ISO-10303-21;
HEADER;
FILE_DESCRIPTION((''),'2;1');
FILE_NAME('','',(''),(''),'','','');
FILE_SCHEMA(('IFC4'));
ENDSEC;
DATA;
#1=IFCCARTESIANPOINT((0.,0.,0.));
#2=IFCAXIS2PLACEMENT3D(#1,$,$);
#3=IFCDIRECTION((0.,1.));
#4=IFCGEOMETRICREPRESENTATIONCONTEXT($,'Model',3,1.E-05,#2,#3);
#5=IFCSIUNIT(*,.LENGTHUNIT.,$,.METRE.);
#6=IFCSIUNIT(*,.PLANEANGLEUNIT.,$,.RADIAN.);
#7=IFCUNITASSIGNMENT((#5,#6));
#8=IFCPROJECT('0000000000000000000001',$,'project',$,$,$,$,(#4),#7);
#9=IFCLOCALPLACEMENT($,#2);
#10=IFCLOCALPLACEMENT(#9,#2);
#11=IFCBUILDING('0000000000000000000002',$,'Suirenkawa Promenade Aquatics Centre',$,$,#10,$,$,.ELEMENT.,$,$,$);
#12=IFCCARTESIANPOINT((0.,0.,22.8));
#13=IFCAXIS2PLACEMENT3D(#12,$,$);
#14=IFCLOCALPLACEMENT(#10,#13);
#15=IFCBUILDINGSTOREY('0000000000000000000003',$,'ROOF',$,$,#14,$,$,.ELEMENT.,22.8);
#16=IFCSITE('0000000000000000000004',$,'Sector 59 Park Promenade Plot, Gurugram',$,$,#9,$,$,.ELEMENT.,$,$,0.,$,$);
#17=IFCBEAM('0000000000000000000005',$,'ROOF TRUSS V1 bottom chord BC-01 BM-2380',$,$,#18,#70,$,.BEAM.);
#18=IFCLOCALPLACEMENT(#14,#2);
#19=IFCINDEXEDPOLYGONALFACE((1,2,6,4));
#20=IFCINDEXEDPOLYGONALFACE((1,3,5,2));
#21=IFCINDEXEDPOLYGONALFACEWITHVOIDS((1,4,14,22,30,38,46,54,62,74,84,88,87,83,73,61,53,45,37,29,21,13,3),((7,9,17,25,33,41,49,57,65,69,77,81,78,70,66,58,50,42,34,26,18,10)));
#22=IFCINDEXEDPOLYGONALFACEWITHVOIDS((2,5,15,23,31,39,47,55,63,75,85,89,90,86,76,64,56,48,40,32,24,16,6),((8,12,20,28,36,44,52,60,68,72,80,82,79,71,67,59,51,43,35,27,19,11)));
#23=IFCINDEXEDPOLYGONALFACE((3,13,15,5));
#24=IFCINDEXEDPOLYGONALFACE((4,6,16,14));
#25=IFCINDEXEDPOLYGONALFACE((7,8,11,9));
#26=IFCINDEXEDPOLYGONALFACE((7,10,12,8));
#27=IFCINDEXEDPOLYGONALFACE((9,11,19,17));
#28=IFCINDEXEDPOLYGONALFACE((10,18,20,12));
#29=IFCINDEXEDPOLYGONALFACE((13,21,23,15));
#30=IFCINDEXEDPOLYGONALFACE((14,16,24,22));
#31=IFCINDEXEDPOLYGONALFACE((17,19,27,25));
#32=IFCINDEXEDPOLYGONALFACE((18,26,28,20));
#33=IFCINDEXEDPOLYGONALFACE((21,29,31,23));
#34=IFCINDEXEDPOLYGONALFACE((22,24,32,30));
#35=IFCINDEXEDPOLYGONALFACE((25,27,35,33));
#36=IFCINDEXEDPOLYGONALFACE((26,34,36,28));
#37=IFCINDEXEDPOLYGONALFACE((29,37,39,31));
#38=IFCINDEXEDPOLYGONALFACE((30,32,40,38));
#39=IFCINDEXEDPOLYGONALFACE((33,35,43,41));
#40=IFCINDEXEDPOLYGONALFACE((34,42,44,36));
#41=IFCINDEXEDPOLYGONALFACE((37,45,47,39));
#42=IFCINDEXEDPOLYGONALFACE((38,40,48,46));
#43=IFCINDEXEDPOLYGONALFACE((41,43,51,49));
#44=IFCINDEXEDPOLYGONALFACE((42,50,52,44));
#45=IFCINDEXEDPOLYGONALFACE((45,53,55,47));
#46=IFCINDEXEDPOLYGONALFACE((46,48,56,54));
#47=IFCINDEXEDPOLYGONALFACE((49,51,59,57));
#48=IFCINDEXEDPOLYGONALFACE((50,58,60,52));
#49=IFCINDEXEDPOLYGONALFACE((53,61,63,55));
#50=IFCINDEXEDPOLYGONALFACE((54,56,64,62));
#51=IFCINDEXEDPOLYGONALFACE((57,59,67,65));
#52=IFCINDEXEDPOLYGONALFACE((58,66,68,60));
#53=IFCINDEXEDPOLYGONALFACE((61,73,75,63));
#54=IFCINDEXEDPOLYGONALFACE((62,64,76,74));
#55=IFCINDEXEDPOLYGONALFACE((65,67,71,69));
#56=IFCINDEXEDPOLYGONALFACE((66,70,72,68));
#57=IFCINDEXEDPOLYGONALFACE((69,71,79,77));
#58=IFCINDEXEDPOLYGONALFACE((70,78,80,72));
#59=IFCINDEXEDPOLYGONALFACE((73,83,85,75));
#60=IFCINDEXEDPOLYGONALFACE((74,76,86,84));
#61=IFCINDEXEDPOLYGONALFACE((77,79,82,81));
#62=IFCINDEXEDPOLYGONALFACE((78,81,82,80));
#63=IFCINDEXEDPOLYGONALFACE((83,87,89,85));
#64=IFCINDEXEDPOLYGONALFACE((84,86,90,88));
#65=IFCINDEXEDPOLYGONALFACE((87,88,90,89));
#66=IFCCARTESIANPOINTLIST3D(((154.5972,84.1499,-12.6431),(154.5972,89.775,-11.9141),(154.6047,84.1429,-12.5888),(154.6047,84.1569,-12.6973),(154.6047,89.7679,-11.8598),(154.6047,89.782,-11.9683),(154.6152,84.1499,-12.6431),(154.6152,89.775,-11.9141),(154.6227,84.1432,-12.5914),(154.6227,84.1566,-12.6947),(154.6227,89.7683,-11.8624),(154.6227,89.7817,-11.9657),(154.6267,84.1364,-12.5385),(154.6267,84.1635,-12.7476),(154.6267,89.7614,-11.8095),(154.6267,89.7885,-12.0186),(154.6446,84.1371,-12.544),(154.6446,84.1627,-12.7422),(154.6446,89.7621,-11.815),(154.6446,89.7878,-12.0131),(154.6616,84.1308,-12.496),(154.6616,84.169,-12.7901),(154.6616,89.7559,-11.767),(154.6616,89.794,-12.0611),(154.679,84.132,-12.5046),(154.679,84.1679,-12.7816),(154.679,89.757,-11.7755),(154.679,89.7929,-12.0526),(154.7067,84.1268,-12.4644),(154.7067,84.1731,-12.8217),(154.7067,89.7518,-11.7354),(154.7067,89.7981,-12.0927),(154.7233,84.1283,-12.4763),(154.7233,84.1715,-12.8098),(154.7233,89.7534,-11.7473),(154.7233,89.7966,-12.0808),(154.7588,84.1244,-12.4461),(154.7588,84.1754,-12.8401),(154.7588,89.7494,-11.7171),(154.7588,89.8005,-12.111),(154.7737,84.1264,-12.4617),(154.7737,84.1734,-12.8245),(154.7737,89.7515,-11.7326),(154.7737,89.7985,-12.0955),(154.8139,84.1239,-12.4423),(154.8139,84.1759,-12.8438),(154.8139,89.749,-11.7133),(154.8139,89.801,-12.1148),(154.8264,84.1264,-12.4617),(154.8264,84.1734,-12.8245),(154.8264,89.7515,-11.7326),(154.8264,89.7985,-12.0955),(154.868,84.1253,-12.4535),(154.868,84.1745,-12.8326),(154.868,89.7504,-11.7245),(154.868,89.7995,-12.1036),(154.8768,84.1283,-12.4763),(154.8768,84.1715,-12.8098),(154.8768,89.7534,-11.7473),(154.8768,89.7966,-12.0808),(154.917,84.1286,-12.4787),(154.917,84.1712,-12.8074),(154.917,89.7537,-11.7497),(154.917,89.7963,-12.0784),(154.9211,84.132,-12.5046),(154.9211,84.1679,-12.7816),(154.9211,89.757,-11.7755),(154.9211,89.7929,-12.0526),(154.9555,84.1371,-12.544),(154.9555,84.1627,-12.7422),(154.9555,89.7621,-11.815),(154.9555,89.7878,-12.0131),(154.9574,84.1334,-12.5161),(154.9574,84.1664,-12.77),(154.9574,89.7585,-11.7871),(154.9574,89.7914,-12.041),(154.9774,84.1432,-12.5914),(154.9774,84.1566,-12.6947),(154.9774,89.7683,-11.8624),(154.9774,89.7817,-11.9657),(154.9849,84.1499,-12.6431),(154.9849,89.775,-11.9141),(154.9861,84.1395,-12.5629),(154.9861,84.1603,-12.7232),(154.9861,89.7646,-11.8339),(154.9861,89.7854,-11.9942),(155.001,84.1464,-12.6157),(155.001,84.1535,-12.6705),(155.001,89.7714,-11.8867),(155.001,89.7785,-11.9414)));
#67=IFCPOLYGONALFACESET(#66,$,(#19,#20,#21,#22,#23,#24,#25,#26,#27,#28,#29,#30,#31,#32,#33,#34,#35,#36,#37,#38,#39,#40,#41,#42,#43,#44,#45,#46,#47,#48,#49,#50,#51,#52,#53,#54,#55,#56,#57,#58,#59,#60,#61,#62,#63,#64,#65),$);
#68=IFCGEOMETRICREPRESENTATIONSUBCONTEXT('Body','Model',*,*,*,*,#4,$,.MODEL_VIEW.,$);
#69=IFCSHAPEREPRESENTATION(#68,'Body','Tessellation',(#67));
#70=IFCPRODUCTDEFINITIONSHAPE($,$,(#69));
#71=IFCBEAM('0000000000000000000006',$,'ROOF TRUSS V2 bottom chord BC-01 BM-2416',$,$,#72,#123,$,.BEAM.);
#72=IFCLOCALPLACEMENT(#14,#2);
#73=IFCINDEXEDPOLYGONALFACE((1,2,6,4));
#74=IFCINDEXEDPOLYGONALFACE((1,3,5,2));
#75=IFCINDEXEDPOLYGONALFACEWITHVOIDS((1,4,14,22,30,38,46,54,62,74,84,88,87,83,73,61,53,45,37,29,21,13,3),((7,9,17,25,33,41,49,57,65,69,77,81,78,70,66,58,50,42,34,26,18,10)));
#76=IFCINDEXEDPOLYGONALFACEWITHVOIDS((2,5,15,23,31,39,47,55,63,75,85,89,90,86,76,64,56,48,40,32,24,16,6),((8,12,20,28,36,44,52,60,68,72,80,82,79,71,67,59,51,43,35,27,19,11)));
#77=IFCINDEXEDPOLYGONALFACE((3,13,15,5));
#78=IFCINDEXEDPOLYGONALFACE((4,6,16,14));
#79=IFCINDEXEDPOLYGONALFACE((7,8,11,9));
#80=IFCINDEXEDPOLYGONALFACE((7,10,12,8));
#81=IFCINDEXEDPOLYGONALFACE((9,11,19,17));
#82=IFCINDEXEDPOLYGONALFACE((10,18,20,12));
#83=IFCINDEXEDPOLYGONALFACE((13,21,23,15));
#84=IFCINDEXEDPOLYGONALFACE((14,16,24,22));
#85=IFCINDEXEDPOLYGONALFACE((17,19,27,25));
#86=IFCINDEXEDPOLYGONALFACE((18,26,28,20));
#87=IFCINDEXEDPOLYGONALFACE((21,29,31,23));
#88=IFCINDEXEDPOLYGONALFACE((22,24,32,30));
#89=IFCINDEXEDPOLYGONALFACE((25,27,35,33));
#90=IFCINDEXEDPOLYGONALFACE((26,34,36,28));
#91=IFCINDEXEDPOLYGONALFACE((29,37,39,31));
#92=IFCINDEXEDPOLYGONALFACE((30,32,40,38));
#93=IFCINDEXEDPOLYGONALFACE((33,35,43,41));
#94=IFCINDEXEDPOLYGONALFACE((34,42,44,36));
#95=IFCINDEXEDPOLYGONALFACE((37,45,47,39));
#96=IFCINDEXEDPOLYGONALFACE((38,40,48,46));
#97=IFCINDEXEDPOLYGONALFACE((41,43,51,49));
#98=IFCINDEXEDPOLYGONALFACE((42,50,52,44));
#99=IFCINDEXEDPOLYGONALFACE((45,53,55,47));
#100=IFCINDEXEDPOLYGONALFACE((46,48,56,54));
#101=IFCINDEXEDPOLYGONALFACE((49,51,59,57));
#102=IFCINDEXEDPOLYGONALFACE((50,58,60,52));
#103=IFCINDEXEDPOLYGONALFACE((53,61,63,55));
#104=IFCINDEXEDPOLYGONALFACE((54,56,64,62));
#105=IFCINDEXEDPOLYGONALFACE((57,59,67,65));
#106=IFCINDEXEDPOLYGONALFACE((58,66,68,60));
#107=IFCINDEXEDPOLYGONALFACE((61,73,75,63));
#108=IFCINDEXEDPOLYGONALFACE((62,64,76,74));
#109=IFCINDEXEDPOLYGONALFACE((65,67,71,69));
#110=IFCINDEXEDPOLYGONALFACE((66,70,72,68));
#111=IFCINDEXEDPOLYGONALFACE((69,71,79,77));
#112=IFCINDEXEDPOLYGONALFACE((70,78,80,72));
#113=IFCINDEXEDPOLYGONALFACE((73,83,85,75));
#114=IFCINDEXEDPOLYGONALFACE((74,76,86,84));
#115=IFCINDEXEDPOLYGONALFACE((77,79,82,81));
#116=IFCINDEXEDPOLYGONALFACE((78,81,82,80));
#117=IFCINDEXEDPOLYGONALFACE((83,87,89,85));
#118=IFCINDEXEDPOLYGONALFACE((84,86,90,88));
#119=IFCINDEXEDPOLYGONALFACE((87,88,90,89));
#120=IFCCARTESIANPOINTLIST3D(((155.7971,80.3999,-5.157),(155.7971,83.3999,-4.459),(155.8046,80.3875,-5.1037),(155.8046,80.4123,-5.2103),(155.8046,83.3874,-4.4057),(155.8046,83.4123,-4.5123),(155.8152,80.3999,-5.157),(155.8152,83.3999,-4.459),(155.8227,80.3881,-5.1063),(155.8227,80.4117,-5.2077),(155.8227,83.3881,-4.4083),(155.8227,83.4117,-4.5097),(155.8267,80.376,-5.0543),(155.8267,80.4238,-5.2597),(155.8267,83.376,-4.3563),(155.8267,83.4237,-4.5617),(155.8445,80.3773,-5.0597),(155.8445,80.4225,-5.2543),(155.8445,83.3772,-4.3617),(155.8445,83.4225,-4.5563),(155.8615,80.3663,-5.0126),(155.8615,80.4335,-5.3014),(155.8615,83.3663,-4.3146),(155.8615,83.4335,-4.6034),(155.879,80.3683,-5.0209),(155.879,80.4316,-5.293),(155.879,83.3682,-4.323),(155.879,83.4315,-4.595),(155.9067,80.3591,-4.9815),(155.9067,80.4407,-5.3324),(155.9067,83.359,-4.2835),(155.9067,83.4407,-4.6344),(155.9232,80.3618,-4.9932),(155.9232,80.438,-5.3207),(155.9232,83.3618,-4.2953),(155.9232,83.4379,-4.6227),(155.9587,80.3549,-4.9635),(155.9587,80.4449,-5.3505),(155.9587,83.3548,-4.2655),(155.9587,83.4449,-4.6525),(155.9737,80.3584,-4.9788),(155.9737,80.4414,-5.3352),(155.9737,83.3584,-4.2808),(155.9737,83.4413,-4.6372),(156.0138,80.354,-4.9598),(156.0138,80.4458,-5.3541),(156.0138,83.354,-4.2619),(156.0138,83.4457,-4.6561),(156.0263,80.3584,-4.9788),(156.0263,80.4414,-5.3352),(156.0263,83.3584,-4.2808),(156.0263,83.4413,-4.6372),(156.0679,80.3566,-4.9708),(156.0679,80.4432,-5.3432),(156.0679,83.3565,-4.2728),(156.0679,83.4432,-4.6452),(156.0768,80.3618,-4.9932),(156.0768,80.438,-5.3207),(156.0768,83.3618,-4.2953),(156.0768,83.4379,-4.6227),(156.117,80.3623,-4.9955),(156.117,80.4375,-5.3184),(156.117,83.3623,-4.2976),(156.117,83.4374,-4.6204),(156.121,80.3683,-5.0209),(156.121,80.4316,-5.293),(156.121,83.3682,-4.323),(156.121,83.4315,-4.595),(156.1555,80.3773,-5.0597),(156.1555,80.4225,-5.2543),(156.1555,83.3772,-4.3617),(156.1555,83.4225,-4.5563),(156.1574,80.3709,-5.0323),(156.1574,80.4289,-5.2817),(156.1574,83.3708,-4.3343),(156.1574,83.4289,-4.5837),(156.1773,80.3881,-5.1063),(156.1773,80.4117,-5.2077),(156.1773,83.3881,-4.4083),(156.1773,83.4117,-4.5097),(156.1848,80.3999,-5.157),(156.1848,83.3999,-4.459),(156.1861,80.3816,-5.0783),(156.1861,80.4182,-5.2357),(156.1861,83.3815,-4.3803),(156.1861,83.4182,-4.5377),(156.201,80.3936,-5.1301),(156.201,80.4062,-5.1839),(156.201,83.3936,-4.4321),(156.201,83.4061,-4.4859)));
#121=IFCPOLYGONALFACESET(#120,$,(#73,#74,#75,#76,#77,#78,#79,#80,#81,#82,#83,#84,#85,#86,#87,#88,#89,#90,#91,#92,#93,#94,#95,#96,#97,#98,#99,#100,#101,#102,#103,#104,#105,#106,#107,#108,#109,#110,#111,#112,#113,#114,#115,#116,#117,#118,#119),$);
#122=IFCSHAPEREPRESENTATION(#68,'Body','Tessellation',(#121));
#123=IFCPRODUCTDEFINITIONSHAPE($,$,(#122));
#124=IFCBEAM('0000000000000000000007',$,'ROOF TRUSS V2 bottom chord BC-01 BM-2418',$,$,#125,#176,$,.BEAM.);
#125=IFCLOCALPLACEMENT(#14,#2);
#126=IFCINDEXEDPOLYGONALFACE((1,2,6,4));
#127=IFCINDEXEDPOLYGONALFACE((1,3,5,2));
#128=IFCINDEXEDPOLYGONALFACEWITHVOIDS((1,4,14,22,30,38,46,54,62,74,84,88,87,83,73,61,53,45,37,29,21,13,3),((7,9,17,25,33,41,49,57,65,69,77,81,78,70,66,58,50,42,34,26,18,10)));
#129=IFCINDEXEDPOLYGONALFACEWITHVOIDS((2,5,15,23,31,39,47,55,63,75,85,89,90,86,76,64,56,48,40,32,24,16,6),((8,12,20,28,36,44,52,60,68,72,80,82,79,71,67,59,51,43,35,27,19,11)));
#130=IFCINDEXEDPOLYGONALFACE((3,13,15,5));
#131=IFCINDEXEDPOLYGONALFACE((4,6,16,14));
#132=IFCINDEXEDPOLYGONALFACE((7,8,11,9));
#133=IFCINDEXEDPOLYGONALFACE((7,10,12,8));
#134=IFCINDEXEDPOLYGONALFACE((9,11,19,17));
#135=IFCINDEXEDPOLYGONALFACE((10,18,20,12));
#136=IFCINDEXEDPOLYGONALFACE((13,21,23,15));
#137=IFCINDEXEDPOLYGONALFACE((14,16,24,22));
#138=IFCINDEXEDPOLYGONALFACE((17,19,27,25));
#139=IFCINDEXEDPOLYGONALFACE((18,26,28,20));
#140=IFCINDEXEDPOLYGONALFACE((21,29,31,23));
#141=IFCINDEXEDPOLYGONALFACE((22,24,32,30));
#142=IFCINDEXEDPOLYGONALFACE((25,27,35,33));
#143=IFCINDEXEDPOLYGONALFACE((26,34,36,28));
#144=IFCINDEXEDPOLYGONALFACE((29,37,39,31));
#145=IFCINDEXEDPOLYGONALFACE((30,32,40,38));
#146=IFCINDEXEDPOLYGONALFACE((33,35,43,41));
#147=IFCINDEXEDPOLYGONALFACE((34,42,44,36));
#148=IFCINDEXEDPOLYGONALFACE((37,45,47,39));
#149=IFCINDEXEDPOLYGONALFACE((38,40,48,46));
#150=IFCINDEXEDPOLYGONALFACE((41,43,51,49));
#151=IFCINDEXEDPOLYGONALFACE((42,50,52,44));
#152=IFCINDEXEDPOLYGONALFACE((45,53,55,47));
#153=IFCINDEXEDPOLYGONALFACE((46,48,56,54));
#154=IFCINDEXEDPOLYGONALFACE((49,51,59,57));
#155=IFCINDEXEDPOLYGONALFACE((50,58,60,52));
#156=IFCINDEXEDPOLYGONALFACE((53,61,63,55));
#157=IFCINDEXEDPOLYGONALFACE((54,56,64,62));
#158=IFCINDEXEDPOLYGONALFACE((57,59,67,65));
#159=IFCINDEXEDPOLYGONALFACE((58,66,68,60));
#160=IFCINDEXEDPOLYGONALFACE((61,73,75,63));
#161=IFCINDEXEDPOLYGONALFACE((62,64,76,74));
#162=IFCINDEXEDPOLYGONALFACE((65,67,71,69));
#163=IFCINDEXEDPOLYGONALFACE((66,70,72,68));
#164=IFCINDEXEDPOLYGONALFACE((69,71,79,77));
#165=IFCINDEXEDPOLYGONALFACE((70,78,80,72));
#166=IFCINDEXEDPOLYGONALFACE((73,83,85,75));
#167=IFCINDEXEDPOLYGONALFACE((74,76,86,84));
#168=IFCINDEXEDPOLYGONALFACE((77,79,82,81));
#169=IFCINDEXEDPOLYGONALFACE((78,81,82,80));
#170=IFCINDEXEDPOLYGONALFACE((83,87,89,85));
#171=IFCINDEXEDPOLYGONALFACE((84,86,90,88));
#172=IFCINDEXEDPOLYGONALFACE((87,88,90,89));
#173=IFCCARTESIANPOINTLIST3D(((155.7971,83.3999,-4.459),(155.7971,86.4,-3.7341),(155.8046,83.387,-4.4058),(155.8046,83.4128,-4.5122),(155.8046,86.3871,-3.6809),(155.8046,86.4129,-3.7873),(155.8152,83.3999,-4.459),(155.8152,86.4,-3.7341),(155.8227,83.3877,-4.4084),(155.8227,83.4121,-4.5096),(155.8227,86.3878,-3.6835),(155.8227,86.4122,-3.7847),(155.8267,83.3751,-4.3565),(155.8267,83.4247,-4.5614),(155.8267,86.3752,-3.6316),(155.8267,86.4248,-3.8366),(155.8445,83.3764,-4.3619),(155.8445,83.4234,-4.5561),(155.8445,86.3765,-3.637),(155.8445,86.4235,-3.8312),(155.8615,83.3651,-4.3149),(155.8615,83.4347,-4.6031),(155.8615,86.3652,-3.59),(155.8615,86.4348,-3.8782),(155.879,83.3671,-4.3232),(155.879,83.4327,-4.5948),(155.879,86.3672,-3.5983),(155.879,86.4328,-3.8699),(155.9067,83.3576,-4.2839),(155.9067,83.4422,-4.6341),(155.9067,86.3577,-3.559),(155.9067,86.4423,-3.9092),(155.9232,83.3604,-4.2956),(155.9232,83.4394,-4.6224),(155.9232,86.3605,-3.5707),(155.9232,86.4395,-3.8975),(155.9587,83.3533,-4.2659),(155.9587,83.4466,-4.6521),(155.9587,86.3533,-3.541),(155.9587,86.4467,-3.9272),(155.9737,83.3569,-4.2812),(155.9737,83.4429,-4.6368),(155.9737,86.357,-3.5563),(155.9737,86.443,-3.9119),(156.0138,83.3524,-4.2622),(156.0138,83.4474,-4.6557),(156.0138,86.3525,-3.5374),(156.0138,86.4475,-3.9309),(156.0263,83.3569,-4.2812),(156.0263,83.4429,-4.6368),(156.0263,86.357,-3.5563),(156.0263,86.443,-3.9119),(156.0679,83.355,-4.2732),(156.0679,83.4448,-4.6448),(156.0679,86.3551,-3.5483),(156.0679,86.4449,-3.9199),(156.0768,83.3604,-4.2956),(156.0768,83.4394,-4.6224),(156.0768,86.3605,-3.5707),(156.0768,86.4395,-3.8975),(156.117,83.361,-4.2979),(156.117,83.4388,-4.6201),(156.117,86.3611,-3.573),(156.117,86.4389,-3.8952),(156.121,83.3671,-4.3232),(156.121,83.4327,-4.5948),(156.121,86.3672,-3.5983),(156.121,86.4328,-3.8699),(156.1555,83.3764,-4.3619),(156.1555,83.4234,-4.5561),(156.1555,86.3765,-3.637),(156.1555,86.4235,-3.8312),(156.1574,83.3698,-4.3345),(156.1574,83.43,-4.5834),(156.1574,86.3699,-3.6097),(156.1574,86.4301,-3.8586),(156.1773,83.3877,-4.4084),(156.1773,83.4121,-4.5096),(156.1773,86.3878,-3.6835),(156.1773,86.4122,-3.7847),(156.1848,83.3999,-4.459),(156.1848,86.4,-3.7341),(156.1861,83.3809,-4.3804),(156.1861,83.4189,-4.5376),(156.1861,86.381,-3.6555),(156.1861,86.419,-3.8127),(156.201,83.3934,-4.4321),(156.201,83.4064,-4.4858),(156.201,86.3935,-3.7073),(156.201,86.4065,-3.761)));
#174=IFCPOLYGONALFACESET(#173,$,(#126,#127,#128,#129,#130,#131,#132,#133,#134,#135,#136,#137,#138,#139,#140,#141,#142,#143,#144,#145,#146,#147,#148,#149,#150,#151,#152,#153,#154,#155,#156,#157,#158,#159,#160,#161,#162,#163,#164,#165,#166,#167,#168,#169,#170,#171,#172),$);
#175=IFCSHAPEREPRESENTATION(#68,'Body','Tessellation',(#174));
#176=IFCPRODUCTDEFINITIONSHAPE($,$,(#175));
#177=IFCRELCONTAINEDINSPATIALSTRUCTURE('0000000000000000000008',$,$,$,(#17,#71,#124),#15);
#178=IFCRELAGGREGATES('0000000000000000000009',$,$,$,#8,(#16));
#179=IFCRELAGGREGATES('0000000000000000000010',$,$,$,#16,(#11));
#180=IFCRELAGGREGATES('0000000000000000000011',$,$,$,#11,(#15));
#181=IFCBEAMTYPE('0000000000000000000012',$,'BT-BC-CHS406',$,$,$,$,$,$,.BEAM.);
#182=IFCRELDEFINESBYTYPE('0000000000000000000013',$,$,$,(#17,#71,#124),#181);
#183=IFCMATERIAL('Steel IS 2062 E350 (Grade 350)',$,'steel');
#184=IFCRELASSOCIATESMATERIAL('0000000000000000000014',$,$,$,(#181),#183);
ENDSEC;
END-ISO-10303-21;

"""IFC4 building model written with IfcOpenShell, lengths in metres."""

from ifc_helpers import new_model, si_unit, direction, frame, origin, origin_2d, place, context, subcontext, project, spatial, hollow_circle, extrude, material, material_profile, profile_set, type_object, element, save


model = new_model("IFC4")

# Units and contexts
model_context = context("Model", 3, precision=1e-05, world=origin(), true_north=direction((0.0, 1.0)))
body_context = subcontext(model_context, "Body", "Model", "MODEL_VIEW")
ifc_project = project(units=[si_unit("LENGTHUNIT", "METRE"), si_unit("PLANEANGLEUNIT", "RADIAN")], contexts=[model_context])

# Site, building, storey
site_placement = place(None, origin())
site = spatial("IfcSite", under=ifc_project, at=site_placement, Name="Sector 59 Park Promenade Plot, Gurugram", CompositionType="ELEMENT", RefElevation=0.0)
building_placement = place(site_placement, origin())
building = spatial("IfcBuilding", under=site, at=building_placement, Name="Suirenkawa Promenade Aquatics Centre", CompositionType="ELEMENT")
storey_placement = place(building_placement, frame((0.0, 0.0, 22.8)))
storey = spatial("IfcBuildingStorey", under=building, at=storey_placement, Name="ROOF", CompositionType="ELEMENT", Elevation=22.8)

# Beams
ifc_material = material(Name="Steel IS 2062 E350 (Grade 350)", Category="steel")
ifc_material_profile_1 = material_profile(ifc_material, hollow_circle(Radius=0.2029, WallThickness=0.0181, at=origin_2d()), Name="CHS 406x18", Category="steel")
ifc_profile_set_1 = profile_set([ifc_material_profile_1], Name="Steel IS 2062 E350 (Grade 350)")
beam_type_1 = type_object("IfcBeamType", Name="BT-BC-CHS406", PredefinedType="BEAM", material=ifc_profile_set_1)
beam_1_placement = place(storey_placement, frame((154.8, 84.1499, -12.6431), z_axis=(0.0, 0.991706, 0.128526), x_axis=(-1.0, 0.0, 0.0)))
element("IfcBeam", 1, at=beam_1_placement, inside=storey, type_object=beam_type_1, Name="ROOF TRUSS V1 bottom chord BC-01 BM-2380", PredefinedType="BEAM", context=body_context, shape_type="SweptSolid", body=[
    extrude(hollow_circle(Radius=0.2029, WallThickness=0.0181, at=origin_2d()), origin(), (0.0, 0.0, 1.0), 5.6721),
])
beam_2_placement = place(storey_placement, frame((156.0, 80.3999, -5.157), z_axis=(0.0, 0.973985, 0.226613), x_axis=(-1.0, 0.0, 0.0)))
element("IfcBeam", 2, at=beam_2_placement, inside=storey, type_object=beam_type_1, Name="ROOF TRUSS V2 bottom chord BC-01 BM-2416", PredefinedType="BEAM", context=body_context, shape_type="SweptSolid", body=[
    extrude(hollow_circle(Radius=0.2029, WallThickness=0.0181, at=origin_2d()), origin(), (0.0, 0.0, 1.0), 3.0801),
])
beam_3_placement = place(storey_placement, frame((156.0, 83.3999, -4.459), z_axis=(0.0, 0.972029, 0.23486), x_axis=(-1.0, 0.0, 0.0)))
element("IfcBeam", 3, at=beam_3_placement, inside=storey, type_object=beam_type_1, Name="ROOF TRUSS V2 bottom chord BC-01 BM-2418", PredefinedType="BEAM", context=body_context, shape_type="SweptSolid", body=[
    extrude(hollow_circle(Radius=0.2029, WallThickness=0.0181, at=origin_2d()), origin(), (0.0, 0.0, 1.0), 3.0864),
])

save(model, "model.ifc")
